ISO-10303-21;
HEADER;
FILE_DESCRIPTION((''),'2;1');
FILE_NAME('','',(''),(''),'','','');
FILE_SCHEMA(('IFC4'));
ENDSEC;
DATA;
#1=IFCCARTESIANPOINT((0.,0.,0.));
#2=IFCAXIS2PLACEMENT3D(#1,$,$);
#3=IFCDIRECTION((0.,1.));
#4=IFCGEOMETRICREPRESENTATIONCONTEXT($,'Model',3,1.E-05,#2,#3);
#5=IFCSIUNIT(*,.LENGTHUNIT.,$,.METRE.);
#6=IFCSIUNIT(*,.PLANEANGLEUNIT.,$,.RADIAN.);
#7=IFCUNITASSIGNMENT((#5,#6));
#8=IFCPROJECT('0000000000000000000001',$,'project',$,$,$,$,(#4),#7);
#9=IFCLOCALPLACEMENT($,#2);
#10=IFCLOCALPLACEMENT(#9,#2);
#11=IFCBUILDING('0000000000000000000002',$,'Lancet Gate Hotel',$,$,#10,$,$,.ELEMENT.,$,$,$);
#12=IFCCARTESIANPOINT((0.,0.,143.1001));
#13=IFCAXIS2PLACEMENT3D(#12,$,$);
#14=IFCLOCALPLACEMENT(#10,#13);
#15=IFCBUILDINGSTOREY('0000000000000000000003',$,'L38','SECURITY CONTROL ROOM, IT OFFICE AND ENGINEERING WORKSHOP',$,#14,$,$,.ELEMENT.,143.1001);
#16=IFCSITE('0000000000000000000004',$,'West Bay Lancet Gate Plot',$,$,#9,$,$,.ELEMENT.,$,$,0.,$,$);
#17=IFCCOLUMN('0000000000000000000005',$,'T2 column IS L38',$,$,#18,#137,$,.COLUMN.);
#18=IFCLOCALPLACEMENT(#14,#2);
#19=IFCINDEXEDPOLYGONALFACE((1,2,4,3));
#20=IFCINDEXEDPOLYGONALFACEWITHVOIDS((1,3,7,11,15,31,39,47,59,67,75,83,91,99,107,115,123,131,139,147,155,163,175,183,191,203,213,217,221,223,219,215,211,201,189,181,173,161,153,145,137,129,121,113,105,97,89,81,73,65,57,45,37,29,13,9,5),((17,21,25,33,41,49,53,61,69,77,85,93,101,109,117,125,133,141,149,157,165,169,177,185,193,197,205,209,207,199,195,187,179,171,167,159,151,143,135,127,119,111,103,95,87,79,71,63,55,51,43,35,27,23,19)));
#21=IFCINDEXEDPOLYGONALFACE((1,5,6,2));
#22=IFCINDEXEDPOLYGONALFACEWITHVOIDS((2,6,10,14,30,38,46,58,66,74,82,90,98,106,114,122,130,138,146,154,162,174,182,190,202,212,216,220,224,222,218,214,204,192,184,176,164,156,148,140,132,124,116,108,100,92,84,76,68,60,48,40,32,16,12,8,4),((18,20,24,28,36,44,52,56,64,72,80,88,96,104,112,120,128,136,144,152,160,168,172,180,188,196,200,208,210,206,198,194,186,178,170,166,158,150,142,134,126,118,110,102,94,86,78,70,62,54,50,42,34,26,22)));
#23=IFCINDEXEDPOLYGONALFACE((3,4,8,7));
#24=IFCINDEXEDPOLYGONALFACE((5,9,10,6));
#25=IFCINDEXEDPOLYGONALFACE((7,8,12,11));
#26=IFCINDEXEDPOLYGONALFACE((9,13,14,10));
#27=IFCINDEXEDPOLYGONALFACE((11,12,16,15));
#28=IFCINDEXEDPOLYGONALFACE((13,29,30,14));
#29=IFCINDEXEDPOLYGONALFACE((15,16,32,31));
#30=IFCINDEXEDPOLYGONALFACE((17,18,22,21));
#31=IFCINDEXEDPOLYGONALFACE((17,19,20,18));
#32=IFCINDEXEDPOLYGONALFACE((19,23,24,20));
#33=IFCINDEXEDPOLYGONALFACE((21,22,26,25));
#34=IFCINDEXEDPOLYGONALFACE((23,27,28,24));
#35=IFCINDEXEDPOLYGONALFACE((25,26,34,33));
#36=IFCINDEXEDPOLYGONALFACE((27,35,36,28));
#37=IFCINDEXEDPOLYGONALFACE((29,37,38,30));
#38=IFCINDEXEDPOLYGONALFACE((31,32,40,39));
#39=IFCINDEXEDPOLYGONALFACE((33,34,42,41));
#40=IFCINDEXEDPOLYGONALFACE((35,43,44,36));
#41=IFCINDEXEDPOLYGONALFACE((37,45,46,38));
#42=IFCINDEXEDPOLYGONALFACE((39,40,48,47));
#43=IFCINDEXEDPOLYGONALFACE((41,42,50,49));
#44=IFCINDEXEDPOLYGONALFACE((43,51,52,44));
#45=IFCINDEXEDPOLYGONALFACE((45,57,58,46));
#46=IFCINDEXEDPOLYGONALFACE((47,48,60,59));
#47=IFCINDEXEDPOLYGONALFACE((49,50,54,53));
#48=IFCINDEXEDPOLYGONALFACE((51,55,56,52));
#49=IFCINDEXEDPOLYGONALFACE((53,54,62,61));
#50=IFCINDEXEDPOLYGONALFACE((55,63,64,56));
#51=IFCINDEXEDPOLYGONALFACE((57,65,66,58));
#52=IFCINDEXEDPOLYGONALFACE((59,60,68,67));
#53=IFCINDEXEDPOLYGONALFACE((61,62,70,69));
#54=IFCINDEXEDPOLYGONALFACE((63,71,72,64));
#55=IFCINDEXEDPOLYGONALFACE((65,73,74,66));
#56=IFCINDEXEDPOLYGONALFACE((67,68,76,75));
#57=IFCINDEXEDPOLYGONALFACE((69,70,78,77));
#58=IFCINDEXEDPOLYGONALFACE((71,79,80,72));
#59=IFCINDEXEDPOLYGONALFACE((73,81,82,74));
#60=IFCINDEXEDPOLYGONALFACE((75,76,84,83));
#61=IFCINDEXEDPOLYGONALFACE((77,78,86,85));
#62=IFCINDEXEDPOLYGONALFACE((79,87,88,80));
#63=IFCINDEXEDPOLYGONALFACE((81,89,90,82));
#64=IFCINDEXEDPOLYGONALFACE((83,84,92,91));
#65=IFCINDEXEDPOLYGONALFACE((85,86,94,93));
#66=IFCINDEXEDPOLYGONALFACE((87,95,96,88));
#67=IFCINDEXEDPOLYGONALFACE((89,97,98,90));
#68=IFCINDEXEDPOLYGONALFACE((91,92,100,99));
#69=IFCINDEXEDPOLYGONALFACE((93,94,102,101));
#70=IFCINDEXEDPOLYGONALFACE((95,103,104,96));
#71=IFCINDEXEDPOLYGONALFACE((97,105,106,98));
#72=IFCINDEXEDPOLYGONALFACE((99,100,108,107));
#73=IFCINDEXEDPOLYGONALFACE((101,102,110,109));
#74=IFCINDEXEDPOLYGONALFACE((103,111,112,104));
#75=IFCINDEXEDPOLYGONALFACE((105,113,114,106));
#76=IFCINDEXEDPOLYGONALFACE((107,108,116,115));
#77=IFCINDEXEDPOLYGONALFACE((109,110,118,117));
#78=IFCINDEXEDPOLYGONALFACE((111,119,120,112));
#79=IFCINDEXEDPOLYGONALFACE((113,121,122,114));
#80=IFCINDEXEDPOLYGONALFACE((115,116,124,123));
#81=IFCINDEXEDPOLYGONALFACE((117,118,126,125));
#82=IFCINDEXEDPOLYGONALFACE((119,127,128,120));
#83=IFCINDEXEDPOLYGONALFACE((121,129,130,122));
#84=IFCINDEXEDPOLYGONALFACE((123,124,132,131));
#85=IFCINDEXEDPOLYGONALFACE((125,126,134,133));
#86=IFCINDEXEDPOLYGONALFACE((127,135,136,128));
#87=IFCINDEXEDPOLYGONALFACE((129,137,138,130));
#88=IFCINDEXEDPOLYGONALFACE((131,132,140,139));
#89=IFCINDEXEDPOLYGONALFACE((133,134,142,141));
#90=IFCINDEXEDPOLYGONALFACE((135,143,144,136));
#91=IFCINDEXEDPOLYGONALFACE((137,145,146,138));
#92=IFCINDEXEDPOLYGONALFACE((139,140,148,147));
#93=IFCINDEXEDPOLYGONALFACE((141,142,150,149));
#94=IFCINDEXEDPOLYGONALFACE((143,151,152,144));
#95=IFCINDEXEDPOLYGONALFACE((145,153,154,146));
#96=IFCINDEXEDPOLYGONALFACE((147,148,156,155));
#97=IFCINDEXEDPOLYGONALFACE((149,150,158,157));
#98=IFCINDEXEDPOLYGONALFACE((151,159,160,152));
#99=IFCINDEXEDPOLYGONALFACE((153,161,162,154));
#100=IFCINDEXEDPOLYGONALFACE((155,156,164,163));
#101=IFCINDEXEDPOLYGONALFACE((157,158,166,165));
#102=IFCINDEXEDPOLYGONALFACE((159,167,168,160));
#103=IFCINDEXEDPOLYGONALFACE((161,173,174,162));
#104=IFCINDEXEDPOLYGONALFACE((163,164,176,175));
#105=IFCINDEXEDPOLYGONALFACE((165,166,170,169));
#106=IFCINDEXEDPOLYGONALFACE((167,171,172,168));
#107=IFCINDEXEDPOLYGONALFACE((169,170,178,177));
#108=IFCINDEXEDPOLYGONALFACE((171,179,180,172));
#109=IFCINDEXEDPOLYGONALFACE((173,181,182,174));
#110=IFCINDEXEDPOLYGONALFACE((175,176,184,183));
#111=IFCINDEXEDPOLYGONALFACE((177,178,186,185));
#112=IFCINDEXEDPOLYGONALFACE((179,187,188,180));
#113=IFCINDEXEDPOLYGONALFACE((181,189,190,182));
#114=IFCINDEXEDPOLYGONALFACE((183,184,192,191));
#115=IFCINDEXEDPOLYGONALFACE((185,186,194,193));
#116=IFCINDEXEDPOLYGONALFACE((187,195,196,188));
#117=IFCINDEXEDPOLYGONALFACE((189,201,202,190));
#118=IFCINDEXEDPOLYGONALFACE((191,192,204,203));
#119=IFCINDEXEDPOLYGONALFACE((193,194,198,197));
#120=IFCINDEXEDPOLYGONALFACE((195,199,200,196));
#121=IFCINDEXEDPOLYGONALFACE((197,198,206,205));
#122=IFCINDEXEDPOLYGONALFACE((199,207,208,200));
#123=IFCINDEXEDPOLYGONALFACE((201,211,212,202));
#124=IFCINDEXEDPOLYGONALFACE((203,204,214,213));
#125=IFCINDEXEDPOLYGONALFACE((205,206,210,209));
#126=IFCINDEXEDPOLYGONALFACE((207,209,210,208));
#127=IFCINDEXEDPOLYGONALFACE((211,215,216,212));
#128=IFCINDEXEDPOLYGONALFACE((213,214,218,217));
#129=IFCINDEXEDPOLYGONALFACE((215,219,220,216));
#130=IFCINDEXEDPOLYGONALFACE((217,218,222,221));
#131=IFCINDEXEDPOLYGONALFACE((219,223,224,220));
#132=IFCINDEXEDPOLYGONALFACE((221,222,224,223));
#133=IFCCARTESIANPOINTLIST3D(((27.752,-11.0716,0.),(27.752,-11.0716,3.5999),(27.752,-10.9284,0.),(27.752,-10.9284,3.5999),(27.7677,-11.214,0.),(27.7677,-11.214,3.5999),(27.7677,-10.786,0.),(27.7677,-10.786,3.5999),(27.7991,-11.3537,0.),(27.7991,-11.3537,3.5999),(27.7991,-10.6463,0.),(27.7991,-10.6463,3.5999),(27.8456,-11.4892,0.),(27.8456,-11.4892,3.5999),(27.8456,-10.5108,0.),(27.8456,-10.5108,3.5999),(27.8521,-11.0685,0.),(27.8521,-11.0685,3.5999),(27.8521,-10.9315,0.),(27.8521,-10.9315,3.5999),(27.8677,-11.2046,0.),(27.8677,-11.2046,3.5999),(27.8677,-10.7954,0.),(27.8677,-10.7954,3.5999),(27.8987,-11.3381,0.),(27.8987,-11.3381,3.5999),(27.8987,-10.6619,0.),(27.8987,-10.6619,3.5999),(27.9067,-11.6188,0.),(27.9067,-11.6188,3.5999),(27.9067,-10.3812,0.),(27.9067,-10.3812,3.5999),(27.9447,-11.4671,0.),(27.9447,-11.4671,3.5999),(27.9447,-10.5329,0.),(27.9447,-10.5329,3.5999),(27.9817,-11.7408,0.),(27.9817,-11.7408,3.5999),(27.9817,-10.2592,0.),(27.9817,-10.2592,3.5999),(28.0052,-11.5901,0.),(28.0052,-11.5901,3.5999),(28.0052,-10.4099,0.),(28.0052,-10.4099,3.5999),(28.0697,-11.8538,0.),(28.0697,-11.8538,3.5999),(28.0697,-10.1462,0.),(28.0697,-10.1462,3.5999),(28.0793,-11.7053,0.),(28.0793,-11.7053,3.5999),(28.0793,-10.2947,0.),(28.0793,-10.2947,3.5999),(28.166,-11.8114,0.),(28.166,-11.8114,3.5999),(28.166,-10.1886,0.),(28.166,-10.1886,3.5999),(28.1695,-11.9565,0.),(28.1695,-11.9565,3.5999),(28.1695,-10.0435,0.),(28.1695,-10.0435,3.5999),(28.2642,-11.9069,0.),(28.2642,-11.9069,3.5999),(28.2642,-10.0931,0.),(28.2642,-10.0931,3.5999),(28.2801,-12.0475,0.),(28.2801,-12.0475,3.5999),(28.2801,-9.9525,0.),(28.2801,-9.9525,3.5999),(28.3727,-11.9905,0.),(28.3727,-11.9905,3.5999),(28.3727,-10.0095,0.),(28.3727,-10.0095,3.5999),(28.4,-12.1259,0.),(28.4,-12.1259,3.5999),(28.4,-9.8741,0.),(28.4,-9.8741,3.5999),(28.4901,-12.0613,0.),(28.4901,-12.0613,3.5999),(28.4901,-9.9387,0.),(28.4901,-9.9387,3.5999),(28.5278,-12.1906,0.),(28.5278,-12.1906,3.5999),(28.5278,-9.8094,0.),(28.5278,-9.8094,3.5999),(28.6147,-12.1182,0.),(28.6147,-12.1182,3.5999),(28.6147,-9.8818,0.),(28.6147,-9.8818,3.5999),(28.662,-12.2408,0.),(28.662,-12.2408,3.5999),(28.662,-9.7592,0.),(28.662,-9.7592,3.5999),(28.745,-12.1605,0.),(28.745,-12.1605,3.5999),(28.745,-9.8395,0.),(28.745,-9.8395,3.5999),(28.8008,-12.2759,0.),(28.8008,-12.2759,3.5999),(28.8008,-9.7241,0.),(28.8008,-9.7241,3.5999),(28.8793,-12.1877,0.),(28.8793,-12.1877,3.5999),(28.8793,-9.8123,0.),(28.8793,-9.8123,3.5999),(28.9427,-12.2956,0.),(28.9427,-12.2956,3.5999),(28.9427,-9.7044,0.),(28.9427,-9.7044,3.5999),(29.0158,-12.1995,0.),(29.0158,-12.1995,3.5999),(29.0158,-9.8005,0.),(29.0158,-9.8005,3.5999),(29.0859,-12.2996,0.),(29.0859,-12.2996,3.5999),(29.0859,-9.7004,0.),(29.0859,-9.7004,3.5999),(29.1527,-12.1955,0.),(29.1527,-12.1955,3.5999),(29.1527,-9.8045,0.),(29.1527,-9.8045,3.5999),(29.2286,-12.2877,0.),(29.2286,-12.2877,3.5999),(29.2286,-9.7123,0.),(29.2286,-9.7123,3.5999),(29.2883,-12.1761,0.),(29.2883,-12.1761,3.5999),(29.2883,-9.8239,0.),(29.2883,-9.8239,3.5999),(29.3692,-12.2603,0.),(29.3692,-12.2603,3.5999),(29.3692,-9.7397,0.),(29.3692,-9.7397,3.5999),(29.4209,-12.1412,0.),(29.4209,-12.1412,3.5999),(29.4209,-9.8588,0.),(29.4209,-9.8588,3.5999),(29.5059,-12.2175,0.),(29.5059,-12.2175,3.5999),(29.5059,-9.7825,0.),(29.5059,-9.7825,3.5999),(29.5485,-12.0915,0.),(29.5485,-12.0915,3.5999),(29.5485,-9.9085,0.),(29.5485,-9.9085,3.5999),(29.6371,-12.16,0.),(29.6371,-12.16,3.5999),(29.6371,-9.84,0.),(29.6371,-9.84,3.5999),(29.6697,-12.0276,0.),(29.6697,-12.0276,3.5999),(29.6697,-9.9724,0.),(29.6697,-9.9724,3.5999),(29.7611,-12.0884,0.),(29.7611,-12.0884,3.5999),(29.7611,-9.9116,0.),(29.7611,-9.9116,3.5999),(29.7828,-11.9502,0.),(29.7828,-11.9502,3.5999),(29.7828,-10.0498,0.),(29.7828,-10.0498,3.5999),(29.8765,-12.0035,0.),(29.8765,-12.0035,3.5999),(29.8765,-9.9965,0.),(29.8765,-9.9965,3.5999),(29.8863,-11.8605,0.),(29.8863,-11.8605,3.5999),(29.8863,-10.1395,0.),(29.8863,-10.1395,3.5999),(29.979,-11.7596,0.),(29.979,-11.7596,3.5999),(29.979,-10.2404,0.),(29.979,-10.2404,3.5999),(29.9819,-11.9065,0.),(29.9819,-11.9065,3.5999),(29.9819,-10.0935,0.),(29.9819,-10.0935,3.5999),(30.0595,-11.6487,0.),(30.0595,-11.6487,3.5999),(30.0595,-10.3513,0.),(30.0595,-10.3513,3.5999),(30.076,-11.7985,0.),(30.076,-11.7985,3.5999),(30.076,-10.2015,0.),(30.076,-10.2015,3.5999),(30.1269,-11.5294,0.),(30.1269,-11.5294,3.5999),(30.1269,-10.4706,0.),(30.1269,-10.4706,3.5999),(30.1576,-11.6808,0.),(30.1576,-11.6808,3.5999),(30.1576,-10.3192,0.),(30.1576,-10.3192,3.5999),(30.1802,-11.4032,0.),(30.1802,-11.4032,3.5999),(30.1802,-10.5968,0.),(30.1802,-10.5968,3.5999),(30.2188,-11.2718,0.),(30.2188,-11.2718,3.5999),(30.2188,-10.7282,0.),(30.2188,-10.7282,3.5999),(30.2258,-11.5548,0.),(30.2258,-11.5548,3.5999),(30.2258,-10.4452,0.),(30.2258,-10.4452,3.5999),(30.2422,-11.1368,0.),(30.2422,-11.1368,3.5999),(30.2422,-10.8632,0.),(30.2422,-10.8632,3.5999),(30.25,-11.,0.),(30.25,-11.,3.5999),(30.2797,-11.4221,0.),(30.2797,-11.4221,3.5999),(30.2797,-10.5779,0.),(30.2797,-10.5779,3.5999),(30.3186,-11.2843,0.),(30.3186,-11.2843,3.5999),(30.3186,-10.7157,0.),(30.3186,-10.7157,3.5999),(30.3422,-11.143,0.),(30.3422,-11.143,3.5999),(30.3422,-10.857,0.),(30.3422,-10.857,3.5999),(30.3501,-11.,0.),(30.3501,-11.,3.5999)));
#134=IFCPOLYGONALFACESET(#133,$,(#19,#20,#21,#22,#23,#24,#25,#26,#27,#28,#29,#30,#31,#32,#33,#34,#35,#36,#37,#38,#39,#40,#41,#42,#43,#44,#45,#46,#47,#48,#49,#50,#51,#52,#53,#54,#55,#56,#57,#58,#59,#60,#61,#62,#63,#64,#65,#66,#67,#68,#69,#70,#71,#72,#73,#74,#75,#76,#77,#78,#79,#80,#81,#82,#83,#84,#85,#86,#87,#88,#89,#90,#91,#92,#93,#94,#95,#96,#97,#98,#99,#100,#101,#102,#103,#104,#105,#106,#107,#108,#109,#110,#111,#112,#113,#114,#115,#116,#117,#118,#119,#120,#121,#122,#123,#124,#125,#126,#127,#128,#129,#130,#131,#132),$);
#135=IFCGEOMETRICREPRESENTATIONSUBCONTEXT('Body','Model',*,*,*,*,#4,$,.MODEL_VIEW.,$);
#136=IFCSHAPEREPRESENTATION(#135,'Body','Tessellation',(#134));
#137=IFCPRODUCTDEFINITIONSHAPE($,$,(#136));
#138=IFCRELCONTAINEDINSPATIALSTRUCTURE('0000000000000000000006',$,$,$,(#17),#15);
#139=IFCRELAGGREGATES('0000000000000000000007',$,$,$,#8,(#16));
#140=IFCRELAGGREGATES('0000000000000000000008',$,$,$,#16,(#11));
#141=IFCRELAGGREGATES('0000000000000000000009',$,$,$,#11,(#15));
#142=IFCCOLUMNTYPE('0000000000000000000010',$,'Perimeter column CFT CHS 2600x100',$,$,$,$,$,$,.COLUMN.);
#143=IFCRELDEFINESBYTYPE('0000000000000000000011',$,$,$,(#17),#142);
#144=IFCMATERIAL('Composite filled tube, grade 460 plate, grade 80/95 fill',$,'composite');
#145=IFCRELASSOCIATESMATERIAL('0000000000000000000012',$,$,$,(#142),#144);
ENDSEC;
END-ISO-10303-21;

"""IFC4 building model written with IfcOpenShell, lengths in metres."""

from ifc_helpers import new_model, si_unit, direction, frame, origin, origin_2d, place, context, subcontext, project, spatial, hollow_circle, extrude, material, material_profile, profile_set, type_object, element, save


model = new_model("IFC4")

# Units and contexts
model_context = context("Model", 3, precision=1e-05, world=origin(), true_north=direction((0.0, 1.0)))
body_context = subcontext(model_context, "Body", "Model", "MODEL_VIEW")
ifc_project = project(units=[si_unit("LENGTHUNIT", "METRE"), si_unit("PLANEANGLEUNIT", "RADIAN")], contexts=[model_context])

# Site, building, storey
site_placement = place(None, origin())
site = spatial("IfcSite", under=ifc_project, at=site_placement, Name="West Bay Lancet Gate Plot", CompositionType="ELEMENT", RefElevation=0.0)
building_placement = place(site_placement, origin())
building = spatial("IfcBuilding", under=site, at=building_placement, Name="Lancet Gate Hotel", CompositionType="ELEMENT")
storey_placement = place(building_placement, frame((0.0, 0.0, 143.1001)))
storey = spatial("IfcBuildingStorey", under=building, at=storey_placement, Name="L38", Description="SECURITY CONTROL ROOM, IT OFFICE AND ENGINEERING WORKSHOP", CompositionType="ELEMENT", Elevation=143.1001)

# Column
ifc_material_1 = material(Name="Composite filled tube, grade 460 plate, grade 80/95 fill", Category="composite")
ifc_material_profile_1 = material_profile(ifc_material_1, hollow_circle(Radius=1.3, WallThickness=0.1001, at=origin_2d()), Name="CHS 2600x100")
ifc_profile_set_1 = profile_set([ifc_material_profile_1], Name="Composite filled tube, grade 460 plate, grade 80/95 fill")
column_type = type_object("IfcColumnType", Name="Perimeter column CFT CHS 2600x100", PredefinedType="COLUMN", material=ifc_profile_set_1)
for number, where, z_axis, x_axis, name in (
    (1, (29.05, -11.0, 0.0), (0.0, 0.0, 1.0), (1.0, 0.0, 0.0), "T2 column IS L38"),
):
    element("IfcColumn", number, at=place(storey_placement, frame(where, z_axis=z_axis, x_axis=x_axis)), inside=storey, type_object=column_type, Name=name, PredefinedType="COLUMN", context=body_context, shape_type="SweptSolid", body=[
        extrude(hollow_circle(Radius=1.3, WallThickness=0.1001, at=origin_2d()), origin(), (0.0, 0.0, 1.0), 3.5999),
    ])

save(model, "model.ifc")
